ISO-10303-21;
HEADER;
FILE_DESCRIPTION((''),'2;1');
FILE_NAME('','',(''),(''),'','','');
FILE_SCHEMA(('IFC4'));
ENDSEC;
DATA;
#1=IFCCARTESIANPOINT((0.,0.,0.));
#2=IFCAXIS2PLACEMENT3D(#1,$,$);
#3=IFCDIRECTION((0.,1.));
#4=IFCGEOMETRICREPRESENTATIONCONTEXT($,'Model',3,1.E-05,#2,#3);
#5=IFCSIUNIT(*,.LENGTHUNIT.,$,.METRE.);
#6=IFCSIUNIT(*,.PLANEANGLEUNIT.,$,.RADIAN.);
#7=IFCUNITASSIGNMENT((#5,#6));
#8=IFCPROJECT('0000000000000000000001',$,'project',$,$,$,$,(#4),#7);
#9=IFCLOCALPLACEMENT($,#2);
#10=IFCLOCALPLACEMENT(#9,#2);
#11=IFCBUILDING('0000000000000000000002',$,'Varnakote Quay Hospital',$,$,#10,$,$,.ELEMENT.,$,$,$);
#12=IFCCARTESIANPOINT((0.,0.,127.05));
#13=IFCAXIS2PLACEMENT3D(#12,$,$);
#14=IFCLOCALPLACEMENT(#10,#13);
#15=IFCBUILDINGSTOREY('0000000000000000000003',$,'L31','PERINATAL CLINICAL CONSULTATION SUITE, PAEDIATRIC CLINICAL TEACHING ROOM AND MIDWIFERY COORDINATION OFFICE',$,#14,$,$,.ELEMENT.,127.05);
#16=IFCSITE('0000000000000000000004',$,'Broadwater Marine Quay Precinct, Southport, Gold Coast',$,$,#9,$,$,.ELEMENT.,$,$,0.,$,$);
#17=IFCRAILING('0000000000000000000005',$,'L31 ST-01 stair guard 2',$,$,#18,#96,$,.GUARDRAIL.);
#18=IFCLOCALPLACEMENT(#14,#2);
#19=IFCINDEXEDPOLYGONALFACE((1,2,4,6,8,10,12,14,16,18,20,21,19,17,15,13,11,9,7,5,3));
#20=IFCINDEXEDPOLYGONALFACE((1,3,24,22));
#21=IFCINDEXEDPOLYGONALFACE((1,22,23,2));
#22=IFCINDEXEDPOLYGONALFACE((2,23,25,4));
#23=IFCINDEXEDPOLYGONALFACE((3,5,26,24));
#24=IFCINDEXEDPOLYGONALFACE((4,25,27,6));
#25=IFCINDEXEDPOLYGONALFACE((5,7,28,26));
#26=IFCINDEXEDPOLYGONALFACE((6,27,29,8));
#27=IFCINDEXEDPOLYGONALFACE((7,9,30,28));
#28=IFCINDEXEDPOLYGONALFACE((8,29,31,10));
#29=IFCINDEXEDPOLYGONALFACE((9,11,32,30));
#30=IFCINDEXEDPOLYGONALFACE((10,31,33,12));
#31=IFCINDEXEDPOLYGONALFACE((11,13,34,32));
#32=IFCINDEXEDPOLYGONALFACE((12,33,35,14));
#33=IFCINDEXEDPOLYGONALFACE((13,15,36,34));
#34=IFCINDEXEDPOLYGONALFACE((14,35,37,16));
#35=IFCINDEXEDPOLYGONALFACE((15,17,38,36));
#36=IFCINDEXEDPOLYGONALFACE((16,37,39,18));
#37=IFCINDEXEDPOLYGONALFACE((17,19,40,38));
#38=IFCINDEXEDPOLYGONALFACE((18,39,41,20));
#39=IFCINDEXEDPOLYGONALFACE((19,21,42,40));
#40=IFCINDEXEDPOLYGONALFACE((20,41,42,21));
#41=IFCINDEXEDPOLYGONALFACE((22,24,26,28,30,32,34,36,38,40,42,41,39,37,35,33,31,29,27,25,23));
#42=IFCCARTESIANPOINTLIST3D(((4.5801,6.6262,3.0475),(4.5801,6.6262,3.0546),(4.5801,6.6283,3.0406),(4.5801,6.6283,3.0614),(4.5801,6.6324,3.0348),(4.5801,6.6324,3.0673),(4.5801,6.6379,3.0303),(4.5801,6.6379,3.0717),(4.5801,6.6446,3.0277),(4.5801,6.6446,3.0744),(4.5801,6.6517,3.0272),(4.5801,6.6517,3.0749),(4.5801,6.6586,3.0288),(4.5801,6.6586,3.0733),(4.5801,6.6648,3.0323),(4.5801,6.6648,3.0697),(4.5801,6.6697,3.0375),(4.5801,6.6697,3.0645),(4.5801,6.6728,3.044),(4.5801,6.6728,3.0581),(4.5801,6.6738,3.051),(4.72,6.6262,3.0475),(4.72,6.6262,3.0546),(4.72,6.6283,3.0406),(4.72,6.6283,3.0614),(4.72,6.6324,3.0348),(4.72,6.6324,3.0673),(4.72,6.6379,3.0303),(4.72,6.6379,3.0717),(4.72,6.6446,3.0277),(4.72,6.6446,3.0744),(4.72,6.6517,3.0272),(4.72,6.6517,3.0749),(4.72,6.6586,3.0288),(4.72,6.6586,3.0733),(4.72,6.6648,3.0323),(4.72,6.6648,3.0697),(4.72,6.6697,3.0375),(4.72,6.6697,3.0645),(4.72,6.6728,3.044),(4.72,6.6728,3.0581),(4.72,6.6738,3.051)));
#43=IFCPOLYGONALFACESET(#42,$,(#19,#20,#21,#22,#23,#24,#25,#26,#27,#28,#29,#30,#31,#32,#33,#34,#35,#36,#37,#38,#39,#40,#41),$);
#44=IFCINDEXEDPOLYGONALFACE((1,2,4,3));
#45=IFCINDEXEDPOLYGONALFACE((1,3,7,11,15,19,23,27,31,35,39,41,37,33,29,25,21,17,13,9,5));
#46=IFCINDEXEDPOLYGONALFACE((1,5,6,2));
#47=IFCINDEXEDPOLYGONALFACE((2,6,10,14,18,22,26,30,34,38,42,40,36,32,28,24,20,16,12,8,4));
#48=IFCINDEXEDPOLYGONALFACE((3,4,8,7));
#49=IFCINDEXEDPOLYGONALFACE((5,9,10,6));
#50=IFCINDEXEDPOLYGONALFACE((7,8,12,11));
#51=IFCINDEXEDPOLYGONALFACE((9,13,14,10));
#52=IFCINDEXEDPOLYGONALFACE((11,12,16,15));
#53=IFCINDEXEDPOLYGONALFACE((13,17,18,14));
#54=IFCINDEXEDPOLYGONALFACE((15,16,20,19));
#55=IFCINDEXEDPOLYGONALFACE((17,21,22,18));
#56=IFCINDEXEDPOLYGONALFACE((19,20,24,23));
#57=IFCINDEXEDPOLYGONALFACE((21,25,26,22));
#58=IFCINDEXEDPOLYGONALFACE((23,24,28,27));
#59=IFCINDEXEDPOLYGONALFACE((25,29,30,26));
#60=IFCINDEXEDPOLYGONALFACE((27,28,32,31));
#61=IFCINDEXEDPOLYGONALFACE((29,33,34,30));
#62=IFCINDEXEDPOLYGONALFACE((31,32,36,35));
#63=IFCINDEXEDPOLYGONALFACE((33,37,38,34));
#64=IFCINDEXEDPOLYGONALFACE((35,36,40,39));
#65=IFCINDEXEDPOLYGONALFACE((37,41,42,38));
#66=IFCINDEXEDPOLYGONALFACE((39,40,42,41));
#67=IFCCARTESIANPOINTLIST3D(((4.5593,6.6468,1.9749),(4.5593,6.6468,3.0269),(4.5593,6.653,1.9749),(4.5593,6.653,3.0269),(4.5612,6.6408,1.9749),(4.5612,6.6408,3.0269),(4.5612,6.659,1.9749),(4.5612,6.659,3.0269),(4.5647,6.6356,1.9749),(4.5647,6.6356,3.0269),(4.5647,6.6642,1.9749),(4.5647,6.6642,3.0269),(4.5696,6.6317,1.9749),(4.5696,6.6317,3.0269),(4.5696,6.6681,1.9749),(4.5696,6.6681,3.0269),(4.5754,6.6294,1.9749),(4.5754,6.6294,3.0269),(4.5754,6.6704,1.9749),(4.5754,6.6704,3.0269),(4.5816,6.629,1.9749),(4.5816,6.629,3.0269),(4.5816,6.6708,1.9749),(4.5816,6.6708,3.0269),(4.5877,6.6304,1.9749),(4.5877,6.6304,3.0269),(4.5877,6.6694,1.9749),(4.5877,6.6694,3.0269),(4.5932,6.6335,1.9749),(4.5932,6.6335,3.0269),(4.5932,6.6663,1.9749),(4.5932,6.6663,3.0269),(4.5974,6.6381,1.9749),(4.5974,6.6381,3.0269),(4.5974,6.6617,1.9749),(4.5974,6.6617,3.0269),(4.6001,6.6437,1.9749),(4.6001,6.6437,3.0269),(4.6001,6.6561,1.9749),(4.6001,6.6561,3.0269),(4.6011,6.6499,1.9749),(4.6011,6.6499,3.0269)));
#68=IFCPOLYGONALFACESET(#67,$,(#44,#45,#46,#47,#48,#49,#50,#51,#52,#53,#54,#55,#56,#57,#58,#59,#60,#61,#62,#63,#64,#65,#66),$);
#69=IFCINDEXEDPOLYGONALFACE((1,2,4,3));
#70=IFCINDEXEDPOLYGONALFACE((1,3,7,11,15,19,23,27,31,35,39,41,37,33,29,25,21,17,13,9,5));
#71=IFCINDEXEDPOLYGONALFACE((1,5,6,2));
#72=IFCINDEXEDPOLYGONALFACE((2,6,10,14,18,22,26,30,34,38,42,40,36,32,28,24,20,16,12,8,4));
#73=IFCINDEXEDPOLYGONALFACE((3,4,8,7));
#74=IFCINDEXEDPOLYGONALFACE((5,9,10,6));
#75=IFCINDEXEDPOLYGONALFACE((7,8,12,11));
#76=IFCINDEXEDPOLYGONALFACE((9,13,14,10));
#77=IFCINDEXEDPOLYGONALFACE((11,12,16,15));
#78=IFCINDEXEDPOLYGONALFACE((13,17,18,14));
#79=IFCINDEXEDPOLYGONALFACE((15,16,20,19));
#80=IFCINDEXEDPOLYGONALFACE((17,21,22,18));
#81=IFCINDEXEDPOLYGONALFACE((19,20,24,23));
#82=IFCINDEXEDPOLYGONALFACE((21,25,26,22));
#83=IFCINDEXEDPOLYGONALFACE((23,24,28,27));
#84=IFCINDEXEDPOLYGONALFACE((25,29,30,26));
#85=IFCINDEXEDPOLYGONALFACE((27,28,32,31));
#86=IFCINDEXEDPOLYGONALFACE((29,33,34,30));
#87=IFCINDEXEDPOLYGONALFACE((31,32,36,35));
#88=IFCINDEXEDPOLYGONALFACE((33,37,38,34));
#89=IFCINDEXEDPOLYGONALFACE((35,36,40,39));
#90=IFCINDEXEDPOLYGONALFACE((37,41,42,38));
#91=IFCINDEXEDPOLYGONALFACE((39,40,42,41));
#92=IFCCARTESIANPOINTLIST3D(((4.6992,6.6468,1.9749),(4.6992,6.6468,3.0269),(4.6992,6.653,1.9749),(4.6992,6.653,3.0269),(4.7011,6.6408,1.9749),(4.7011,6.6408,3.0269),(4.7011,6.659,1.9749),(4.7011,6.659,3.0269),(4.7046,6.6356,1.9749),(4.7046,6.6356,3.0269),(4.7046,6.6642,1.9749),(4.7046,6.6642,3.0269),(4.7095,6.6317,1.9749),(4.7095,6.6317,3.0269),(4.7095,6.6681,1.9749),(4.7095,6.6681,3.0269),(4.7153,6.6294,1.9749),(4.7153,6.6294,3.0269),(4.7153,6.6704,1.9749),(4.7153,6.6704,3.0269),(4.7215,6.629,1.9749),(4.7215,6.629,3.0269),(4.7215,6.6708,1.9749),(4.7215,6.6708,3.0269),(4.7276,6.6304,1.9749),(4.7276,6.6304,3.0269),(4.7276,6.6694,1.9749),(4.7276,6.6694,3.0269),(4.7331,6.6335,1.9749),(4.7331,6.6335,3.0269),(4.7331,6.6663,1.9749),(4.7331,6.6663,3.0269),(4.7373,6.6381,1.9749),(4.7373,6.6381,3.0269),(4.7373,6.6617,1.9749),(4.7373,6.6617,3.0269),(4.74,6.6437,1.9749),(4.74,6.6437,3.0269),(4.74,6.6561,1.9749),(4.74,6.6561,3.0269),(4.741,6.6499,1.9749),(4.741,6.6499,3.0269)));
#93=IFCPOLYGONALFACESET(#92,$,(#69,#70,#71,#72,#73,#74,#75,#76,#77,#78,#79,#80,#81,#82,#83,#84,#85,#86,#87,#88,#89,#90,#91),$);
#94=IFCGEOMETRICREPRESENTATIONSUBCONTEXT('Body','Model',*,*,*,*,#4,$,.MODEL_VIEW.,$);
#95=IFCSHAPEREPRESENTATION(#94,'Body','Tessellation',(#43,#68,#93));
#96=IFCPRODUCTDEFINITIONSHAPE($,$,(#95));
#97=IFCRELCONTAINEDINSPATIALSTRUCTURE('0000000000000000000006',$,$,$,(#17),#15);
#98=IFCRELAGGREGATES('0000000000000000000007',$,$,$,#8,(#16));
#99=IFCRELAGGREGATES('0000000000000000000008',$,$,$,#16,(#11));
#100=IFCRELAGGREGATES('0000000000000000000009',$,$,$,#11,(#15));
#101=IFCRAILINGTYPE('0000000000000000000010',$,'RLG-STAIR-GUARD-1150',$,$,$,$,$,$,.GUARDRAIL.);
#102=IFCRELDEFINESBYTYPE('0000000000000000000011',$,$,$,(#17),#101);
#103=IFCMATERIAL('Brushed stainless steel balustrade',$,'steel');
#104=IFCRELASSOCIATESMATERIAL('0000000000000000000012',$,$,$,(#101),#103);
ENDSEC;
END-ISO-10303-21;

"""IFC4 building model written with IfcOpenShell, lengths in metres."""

from ifc_helpers import new_model, si_unit, direction, frame, origin, origin_2d, place, context, subcontext, project, spatial, circle, extrude, material, type_object, element, save


model = new_model("IFC4")

# Units and contexts
model_context = context("Model", 3, precision=1e-05, world=origin(), true_north=direction((0.0, 1.0)))
body_context = subcontext(model_context, "Body", "Model", "MODEL_VIEW")
ifc_project = project(units=[si_unit("LENGTHUNIT", "METRE"), si_unit("PLANEANGLEUNIT", "RADIAN")], contexts=[model_context])

# Site, building, storey
site_placement = place(None, origin())
site = spatial("IfcSite", under=ifc_project, at=site_placement, Name="Broadwater Marine Quay Precinct, Southport, Gold Coast", CompositionType="ELEMENT", RefElevation=0.0)
building_placement = place(site_placement, origin())
building = spatial("IfcBuilding", under=site, at=building_placement, Name="Varnakote Quay Hospital", CompositionType="ELEMENT")
storey_placement = place(building_placement, frame((0.0, 0.0, 127.05)))
storey = spatial("IfcBuildingStorey", under=building, at=storey_placement, Name="L31", Description="PERINATAL CLINICAL CONSULTATION SUITE, PAEDIATRIC CLINICAL TEACHING ROOM AND MIDWIFERY COORDINATION OFFICE", CompositionType="ELEMENT", Elevation=127.05)

# Railing
ifc_material_1 = material(Name="Brushed stainless steel balustrade", Category="steel")
railing_type_1 = type_object("IfcRailingType", Name="RLG-STAIR-GUARD-1150", PredefinedType="GUARDRAIL", material=ifc_material_1)
railing_1_placement = place(storey_placement, frame((4.5801, 6.6499, 1.9749)))
element("IfcRailing", 1, at=railing_1_placement, inside=storey, type_object=railing_type_1, Name="L31 ST-01 stair guard 2", PredefinedType="GUARDRAIL", context=body_context, shape_type="SweptSolid", body=[
    extrude(circle(Radius=0.0239, at=origin_2d()), frame((0.0, 0.0, 1.0762), z_axis=(1.0, 0.0, 0.0), x_axis=(0.0, 1.0, 0.0)), (0.0, 0.0, 1.0), 0.1399),
    extrude(circle(Radius=0.021, at=origin_2d()), origin(), (0.0, 0.0, 1.0), 1.052),
    extrude(circle(Radius=0.021, at=origin_2d()), frame((0.1399, 0.0, 0.0)), (0.0, 0.0, 1.0), 1.052),
])

save(model, "model.ifc")
